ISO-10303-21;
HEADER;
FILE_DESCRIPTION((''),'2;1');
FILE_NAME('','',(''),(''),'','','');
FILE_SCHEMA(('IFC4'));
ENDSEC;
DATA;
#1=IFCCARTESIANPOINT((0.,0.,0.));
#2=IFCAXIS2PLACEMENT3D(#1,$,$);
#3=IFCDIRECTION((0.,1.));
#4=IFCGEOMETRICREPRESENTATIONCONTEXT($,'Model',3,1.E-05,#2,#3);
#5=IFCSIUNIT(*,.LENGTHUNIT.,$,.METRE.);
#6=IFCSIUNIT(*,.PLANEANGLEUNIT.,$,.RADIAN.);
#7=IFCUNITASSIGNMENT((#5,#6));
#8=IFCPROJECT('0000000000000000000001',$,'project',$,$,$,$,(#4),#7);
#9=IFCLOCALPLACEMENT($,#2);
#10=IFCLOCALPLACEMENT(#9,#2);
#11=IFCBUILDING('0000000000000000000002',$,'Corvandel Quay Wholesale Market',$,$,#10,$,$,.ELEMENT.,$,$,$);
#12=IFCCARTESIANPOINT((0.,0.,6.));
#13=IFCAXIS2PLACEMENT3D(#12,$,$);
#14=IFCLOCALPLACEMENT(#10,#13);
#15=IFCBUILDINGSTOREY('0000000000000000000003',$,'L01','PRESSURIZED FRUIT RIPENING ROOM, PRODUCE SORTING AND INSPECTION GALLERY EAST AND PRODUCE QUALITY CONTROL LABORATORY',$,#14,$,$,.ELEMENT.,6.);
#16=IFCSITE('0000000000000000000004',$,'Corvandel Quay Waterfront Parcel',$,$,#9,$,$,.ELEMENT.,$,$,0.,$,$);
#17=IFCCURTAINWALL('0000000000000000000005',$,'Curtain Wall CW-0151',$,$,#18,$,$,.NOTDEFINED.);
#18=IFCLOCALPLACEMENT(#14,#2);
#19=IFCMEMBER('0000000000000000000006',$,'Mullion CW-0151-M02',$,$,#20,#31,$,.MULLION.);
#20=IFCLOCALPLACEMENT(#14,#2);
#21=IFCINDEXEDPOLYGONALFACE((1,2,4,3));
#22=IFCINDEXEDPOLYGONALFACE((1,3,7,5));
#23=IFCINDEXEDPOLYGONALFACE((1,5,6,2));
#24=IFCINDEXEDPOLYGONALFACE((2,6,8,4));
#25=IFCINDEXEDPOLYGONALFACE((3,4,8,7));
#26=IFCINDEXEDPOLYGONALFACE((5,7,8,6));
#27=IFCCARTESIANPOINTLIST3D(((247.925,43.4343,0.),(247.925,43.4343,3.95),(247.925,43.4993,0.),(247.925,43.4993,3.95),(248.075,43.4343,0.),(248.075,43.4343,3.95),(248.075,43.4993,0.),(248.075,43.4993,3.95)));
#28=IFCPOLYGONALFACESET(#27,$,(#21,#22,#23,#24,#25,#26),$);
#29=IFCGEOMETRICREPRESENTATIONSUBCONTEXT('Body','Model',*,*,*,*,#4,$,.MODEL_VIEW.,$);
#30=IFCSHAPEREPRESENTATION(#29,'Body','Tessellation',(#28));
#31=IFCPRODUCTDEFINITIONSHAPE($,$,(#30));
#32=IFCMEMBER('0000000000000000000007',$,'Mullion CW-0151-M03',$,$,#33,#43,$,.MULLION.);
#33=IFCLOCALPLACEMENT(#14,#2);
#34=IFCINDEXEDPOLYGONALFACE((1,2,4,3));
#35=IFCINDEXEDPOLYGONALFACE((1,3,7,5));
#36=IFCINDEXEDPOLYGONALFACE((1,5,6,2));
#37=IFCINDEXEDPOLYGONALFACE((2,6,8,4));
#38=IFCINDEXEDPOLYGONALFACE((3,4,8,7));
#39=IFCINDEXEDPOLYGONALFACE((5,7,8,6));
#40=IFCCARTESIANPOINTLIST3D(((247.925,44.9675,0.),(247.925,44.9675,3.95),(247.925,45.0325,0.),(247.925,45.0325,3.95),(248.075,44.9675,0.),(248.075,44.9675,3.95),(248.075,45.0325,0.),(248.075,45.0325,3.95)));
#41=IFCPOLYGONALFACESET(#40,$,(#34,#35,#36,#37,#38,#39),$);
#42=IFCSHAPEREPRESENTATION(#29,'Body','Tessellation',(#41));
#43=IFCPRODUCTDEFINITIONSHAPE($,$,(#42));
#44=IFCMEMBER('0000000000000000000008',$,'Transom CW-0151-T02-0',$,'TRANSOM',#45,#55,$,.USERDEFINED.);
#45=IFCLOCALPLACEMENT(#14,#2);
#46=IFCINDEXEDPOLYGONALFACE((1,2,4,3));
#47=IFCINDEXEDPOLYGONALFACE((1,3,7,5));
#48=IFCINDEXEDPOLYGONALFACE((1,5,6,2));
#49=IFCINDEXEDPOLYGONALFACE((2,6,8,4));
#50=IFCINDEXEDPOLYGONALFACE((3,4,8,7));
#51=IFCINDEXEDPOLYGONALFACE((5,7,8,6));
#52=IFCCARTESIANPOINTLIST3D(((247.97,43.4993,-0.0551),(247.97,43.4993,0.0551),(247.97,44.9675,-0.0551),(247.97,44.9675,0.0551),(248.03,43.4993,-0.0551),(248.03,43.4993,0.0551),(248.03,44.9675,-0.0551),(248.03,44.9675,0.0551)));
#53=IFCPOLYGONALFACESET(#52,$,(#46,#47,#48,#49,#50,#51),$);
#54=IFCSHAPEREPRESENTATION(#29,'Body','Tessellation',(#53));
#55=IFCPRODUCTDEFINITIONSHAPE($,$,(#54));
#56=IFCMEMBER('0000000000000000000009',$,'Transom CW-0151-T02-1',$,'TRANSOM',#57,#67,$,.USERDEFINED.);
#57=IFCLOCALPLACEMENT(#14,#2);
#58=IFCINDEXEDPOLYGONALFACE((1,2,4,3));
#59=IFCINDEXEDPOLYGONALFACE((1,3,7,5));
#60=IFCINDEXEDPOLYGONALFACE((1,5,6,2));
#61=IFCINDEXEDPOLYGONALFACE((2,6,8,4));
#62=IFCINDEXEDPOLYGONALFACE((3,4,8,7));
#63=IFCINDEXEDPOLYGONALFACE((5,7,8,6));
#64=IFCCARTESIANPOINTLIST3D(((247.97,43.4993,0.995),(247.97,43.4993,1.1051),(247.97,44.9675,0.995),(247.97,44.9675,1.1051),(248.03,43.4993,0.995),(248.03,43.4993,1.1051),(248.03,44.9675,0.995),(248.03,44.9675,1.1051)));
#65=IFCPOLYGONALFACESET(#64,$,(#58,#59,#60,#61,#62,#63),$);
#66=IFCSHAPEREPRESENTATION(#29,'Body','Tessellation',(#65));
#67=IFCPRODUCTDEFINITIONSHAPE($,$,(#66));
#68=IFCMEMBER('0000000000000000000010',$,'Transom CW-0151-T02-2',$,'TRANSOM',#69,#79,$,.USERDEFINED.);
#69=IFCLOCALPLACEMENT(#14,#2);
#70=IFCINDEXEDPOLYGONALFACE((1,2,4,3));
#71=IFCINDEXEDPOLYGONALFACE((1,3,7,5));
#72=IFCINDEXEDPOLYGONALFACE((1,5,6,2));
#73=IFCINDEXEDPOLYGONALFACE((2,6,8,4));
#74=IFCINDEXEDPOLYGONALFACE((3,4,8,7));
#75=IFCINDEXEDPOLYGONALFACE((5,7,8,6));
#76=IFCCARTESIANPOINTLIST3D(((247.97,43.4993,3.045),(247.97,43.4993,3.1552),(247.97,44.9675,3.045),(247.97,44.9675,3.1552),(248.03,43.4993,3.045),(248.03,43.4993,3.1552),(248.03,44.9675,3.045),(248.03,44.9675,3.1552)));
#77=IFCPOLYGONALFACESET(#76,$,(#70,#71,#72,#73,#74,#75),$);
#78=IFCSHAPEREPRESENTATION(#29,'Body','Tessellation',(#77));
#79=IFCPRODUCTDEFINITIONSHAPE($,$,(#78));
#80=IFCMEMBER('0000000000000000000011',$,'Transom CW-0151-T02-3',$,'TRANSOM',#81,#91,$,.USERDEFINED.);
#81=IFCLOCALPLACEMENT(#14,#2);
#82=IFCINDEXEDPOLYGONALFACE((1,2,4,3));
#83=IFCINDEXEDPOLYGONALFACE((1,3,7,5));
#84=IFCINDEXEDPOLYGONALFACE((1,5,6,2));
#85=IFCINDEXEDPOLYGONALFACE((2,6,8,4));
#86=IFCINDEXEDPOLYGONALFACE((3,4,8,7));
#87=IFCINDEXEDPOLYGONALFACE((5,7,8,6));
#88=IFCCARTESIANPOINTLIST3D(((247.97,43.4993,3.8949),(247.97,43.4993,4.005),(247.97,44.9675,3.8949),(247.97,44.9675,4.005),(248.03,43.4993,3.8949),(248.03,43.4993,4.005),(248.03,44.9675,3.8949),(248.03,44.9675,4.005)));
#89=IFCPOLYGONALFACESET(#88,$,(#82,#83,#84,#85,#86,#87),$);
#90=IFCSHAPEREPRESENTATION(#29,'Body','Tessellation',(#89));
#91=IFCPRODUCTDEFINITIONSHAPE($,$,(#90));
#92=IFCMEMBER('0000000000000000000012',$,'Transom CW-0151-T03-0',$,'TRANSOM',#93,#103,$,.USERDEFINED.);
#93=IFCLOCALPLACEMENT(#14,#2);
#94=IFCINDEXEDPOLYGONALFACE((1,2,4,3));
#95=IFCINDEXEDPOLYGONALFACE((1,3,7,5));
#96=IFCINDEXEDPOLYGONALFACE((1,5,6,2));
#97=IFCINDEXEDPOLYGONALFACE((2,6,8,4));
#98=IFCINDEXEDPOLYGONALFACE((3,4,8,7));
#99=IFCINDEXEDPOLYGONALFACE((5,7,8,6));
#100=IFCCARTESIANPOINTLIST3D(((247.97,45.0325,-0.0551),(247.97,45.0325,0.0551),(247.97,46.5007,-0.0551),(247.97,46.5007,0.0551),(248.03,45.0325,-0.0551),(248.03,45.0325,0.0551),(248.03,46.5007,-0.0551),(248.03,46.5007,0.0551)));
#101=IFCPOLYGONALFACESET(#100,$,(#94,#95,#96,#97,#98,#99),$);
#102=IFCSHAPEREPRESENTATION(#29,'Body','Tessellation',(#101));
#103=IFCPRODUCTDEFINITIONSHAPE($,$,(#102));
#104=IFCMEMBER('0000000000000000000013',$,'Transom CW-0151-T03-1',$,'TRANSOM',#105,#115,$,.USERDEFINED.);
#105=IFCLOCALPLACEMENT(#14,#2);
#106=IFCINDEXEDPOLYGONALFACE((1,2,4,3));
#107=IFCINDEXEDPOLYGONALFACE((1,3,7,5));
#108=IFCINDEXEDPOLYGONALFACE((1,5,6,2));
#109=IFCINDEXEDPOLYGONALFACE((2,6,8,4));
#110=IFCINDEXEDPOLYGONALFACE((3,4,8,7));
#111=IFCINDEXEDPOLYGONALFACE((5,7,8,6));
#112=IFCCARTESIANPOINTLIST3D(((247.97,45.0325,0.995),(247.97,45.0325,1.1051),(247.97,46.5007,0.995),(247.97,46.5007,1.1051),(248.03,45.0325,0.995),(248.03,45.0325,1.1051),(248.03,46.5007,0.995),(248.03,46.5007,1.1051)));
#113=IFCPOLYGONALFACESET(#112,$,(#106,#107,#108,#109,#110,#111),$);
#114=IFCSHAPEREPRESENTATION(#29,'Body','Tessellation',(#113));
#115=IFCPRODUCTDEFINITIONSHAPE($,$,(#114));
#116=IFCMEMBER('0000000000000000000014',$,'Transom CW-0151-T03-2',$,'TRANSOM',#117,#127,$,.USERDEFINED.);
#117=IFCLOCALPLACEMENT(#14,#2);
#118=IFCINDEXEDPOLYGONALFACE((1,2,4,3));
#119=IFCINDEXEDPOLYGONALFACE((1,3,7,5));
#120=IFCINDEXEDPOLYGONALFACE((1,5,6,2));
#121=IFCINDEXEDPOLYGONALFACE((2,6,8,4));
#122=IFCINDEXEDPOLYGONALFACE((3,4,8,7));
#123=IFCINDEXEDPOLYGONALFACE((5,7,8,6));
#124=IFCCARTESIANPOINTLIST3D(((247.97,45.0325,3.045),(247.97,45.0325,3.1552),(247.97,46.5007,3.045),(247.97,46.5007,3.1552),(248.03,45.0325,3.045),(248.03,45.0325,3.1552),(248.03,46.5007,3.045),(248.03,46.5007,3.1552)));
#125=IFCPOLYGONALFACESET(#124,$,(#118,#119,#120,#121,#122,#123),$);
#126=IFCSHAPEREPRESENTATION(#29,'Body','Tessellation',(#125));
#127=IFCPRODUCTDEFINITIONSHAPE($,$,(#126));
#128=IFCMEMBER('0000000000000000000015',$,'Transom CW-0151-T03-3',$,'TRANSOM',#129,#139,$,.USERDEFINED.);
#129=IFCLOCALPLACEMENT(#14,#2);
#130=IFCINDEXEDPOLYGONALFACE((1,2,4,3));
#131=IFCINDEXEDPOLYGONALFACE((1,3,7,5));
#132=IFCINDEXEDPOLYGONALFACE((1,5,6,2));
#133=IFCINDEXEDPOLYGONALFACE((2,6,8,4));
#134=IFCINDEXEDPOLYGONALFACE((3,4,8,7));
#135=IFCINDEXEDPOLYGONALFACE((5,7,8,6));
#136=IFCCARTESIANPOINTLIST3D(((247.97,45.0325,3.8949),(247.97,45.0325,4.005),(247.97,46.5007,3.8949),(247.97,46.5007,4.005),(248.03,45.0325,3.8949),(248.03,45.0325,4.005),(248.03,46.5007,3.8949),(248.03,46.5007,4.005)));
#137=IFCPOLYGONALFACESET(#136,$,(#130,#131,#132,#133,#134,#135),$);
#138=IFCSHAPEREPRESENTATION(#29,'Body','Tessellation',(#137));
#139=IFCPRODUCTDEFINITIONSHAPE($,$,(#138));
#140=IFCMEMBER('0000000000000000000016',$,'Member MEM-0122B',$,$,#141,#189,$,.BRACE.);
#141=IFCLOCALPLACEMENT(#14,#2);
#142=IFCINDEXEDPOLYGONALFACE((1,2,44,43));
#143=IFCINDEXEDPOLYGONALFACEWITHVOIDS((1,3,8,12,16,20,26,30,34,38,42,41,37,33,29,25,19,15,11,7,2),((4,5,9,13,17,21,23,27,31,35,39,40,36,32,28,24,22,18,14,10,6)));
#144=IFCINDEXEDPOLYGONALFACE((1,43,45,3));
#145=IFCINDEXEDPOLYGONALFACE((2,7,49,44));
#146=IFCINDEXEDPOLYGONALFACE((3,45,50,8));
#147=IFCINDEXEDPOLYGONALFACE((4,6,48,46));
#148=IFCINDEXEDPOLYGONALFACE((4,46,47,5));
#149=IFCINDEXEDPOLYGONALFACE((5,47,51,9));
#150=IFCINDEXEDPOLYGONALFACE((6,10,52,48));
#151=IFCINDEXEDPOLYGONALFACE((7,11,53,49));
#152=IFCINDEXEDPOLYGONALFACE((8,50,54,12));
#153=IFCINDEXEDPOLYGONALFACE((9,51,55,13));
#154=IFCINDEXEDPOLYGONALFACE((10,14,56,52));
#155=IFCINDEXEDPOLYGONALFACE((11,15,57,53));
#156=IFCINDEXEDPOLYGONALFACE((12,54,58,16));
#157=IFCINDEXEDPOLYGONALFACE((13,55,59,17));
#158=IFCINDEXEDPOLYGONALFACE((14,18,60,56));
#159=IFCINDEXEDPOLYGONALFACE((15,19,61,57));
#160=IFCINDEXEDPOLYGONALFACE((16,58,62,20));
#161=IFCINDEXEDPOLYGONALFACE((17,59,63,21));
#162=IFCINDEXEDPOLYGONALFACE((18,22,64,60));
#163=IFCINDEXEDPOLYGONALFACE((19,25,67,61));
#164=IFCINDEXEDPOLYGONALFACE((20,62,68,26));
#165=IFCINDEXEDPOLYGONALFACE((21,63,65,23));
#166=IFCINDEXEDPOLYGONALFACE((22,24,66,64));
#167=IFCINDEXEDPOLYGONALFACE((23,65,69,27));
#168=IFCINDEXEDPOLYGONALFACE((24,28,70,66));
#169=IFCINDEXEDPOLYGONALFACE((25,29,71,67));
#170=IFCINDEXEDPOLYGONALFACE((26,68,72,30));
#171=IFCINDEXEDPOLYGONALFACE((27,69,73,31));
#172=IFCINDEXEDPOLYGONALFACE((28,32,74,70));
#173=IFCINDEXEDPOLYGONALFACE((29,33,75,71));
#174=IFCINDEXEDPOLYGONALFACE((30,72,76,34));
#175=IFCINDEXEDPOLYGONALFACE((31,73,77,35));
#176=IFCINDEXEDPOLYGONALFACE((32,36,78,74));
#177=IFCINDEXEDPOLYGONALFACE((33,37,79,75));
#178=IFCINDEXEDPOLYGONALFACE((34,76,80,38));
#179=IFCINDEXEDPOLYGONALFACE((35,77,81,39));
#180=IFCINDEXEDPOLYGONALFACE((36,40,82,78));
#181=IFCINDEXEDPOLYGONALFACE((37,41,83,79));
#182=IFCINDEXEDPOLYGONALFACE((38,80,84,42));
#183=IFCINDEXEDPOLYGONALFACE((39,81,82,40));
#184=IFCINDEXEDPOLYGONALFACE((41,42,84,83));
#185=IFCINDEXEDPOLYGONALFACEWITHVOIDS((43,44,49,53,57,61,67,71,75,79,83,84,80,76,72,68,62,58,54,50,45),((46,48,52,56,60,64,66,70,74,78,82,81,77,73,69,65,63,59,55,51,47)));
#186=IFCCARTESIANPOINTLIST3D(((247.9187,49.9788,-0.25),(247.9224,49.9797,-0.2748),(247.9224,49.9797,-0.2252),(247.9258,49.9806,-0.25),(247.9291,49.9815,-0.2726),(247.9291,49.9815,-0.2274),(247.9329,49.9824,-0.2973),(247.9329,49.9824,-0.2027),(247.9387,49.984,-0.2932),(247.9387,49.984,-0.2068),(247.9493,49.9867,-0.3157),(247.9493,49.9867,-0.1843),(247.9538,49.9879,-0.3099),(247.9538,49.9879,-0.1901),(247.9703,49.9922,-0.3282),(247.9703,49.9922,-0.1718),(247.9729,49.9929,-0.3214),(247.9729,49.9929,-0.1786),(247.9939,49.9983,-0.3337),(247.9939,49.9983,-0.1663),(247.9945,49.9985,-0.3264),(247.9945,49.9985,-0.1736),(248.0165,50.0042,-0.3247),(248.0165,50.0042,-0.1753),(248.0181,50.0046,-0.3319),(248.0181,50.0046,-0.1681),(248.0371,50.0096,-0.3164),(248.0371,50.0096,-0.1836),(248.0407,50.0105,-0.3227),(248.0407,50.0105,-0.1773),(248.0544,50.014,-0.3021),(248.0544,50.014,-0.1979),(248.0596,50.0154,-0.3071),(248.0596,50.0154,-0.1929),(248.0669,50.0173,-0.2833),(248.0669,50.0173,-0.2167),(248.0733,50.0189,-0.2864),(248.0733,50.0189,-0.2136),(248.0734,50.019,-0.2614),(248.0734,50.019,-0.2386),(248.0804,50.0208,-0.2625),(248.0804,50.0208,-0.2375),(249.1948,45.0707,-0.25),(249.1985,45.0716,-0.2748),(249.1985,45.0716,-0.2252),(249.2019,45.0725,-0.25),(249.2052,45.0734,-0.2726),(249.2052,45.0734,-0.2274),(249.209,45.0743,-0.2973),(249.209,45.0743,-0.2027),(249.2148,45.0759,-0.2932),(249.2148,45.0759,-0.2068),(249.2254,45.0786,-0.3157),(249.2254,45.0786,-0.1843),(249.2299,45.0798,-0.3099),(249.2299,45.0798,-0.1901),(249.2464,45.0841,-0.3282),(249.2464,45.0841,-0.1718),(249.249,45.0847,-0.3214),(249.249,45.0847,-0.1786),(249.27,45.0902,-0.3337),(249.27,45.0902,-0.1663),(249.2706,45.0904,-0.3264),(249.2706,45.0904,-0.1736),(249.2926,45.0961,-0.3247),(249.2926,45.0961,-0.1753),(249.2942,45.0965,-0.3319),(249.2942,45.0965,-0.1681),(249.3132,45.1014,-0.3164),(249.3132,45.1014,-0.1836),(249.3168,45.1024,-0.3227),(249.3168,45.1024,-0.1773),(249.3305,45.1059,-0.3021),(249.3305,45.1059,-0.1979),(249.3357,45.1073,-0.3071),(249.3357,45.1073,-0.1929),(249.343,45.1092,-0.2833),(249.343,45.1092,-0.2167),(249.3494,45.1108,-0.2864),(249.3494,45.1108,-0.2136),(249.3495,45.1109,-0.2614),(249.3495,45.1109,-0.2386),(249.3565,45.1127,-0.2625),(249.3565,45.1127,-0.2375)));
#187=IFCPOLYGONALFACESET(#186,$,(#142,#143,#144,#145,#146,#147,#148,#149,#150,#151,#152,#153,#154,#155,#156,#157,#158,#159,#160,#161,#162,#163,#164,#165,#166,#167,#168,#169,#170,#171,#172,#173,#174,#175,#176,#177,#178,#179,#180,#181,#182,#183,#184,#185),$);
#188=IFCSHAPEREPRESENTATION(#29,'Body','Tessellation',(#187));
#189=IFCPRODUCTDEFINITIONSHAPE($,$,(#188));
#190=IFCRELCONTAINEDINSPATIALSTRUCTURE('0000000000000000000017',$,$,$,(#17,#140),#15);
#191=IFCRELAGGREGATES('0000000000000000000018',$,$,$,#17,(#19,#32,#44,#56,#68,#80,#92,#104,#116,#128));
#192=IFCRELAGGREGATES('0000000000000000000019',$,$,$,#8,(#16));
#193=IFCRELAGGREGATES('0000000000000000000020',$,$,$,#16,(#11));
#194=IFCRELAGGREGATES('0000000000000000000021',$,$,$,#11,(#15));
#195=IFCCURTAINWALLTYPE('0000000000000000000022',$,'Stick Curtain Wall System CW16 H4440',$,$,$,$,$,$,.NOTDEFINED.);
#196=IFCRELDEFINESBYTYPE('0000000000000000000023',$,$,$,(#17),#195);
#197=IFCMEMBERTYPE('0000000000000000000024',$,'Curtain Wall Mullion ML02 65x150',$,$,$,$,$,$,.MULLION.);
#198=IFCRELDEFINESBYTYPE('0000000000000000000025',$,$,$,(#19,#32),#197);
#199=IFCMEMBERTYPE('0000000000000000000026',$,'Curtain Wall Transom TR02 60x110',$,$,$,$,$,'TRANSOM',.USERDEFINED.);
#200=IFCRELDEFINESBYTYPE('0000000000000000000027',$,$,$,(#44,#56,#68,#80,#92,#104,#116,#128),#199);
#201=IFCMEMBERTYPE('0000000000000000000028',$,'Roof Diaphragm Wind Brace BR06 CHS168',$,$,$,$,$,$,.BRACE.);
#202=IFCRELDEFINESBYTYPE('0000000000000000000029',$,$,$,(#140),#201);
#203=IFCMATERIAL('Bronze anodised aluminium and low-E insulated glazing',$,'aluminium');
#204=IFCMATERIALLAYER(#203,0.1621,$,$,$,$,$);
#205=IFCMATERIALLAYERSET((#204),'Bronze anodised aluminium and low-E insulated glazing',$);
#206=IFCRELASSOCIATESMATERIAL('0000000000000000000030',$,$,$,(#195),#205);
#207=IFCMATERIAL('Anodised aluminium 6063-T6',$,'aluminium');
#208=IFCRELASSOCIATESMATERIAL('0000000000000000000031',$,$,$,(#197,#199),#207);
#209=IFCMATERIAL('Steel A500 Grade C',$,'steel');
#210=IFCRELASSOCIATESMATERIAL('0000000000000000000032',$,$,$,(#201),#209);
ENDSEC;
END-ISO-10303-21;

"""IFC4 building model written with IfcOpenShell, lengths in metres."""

from ifc_helpers import new_model, si_unit, direction, frame, origin, origin_2d, place, context, subcontext, project, spatial, rectangle, hollow_circle, extrude, material, layer, layer_set, material_profile, profile_set, type_object, element, aggregate, save


model = new_model("IFC4")

# Units and contexts
model_context = context("Model", 3, precision=1e-05, world=origin(), true_north=direction((0.0, 1.0)))
body_context = subcontext(model_context, "Body", "Model", "MODEL_VIEW")
ifc_project = project(units=[si_unit("LENGTHUNIT", "METRE"), si_unit("PLANEANGLEUNIT", "RADIAN")], contexts=[model_context])

# Site, building, storey
site_placement = place(None, origin())
site = spatial("IfcSite", under=ifc_project, at=site_placement, Name="Corvandel Quay Waterfront Parcel", CompositionType="ELEMENT", RefElevation=0.0)
building_placement = place(site_placement, origin())
building = spatial("IfcBuilding", under=site, at=building_placement, Name="Corvandel Quay Wholesale Market", CompositionType="ELEMENT")
storey_placement = place(building_placement, frame((0.0, 0.0, 6.0)))
storey = spatial("IfcBuildingStorey", under=building, at=storey_placement, Name="L01", Description="PRESSURIZED FRUIT RIPENING ROOM, PRODUCE SORTING AND INSPECTION GALLERY EAST AND PRODUCE QUALITY CONTROL LABORATORY", CompositionType="ELEMENT", Elevation=6.0)

# Curtain wall, members
ifc_material_1 = material(Name="Bronze anodised aluminium and low-E insulated glazing", Category="aluminium")
ifc_layer_1 = layer(ifc_material_1, 0.1621)
ifc_layer_set_1 = layer_set([ifc_layer_1], Name="Bronze anodised aluminium and low-E insulated glazing")
curtain_wall_type = type_object("IfcCurtainWallType", Name="Stick Curtain Wall System CW16 H4440", PredefinedType="NOTDEFINED", material=ifc_layer_set_1)
curtain_wall_placement = place(storey_placement, origin())
curtain_wall = element("IfcCurtainWall", 1, at=curtain_wall_placement, inside=storey, type_object=curtain_wall_type, Name="Curtain Wall CW-0151", PredefinedType="NOTDEFINED")
ifc_material_2 = material(Name="Anodised aluminium 6063-T6", Category="aluminium")
ifc_material_profile_1 = material_profile(ifc_material_2, rectangle(XDim=0.0649, YDim=0.1499, at=origin_2d()), Name="ALU-MUL-65x150")
ifc_profile_set_1 = profile_set([ifc_material_profile_1], Name="Anodised aluminium 6063-T6")
member_type_1 = type_object("IfcMemberType", Name="Curtain Wall Mullion ML02 65x150", PredefinedType="MULLION", material=ifc_profile_set_1)
member_1_placement = place(storey_placement, frame((248.0, 43.4668, 0.0), z_axis=(0.0, 0.0, 1.0), x_axis=(0.0, 1.0, 0.0)))
member_1 = element("IfcMember", 2, at=member_1_placement, type_object=member_type_1, Name="Mullion CW-0151-M02", PredefinedType="MULLION", context=body_context, shape_type="SweptSolid", body=[
    extrude(rectangle(XDim=0.0649, YDim=0.1499, at=origin_2d()), origin(), (0.0, 0.0, 1.0), 3.95),
])
member_2_placement = place(storey_placement, frame((248.0, 45.0, 0.0), z_axis=(0.0, 0.0, 1.0), x_axis=(0.0, 1.0, 0.0)))
member_2 = element("IfcMember", 3, at=member_2_placement, type_object=member_type_1, Name="Mullion CW-0151-M03", PredefinedType="MULLION", context=body_context, shape_type="SweptSolid", body=[
    extrude(rectangle(XDim=0.0649, YDim=0.1499, at=origin_2d()), origin(), (0.0, 0.0, 1.0), 3.95),
])
ifc_material_profile_2 = material_profile(ifc_material_2, rectangle(XDim=0.0601, YDim=0.1101, at=origin_2d()), Name="ALU-TRN-60x110")
ifc_profile_set_2 = profile_set([ifc_material_profile_2], Name="Anodised aluminium 6063-T6")
member_type_2 = type_object("IfcMemberType", Name="Curtain Wall Transom TR02 60x110", ElementType="TRANSOM", PredefinedType="USERDEFINED", material=ifc_profile_set_2)
member_3_placement = place(storey_placement, frame((248.0, 43.4993, 0.0), z_axis=(0.0, 1.0, 0.0), x_axis=(-1.0, 0.0, 0.0)))
member_3 = element("IfcMember", 4, at=member_3_placement, type_object=member_type_2, Name="Transom CW-0151-T02-0", ObjectType="TRANSOM", PredefinedType="USERDEFINED", context=body_context, shape_type="SweptSolid", body=[
    extrude(rectangle(XDim=0.0601, YDim=0.1101, at=origin_2d()), origin(), (0.0, 0.0, 1.0), 1.4683),
])
member_4_placement = place(storey_placement, frame((248.0, 43.4993, 1.05), z_axis=(0.0, 1.0, 0.0), x_axis=(-1.0, 0.0, 0.0)))
member_4 = element("IfcMember", 5, at=member_4_placement, type_object=member_type_2, Name="Transom CW-0151-T02-1", ObjectType="TRANSOM", PredefinedType="USERDEFINED", context=body_context, shape_type="SweptSolid", body=[
    extrude(rectangle(XDim=0.0601, YDim=0.1101, at=origin_2d()), origin(), (0.0, 0.0, 1.0), 1.4683),
])
member_5_placement = place(storey_placement, frame((248.0, 43.4993, 3.1001), z_axis=(0.0, 1.0, 0.0), x_axis=(-1.0, 0.0, 0.0)))
member_5 = element("IfcMember", 6, at=member_5_placement, type_object=member_type_2, Name="Transom CW-0151-T02-2", ObjectType="TRANSOM", PredefinedType="USERDEFINED", context=body_context, shape_type="SweptSolid", body=[
    extrude(rectangle(XDim=0.0601, YDim=0.1101, at=origin_2d()), origin(), (0.0, 0.0, 1.0), 1.4683),
])
member_6_placement = place(storey_placement, frame((248.0, 43.4993, 3.95), z_axis=(0.0, 1.0, 0.0), x_axis=(-1.0, 0.0, 0.0)))
member_6 = element("IfcMember", 7, at=member_6_placement, type_object=member_type_2, Name="Transom CW-0151-T02-3", ObjectType="TRANSOM", PredefinedType="USERDEFINED", context=body_context, shape_type="SweptSolid", body=[
    extrude(rectangle(XDim=0.0601, YDim=0.1101, at=origin_2d()), origin(), (0.0, 0.0, 1.0), 1.4683),
])
member_7_placement = place(storey_placement, frame((248.0, 45.0325, 0.0), z_axis=(0.0, 1.0, 0.0), x_axis=(-1.0, 0.0, 0.0)))
member_7 = element("IfcMember", 8, at=member_7_placement, type_object=member_type_2, Name="Transom CW-0151-T03-0", ObjectType="TRANSOM", PredefinedType="USERDEFINED", context=body_context, shape_type="SweptSolid", body=[
    extrude(rectangle(XDim=0.0601, YDim=0.1101, at=origin_2d()), origin(), (0.0, 0.0, 1.0), 1.4683),
])
member_8_placement = place(storey_placement, frame((248.0, 45.0325, 1.05), z_axis=(0.0, 1.0, 0.0), x_axis=(-1.0, 0.0, 0.0)))
member_8 = element("IfcMember", 9, at=member_8_placement, type_object=member_type_2, Name="Transom CW-0151-T03-1", ObjectType="TRANSOM", PredefinedType="USERDEFINED", context=body_context, shape_type="SweptSolid", body=[
    extrude(rectangle(XDim=0.0601, YDim=0.1101, at=origin_2d()), origin(), (0.0, 0.0, 1.0), 1.4683),
])
member_9_placement = place(storey_placement, frame((248.0, 45.0325, 3.1001), z_axis=(0.0, 1.0, 0.0), x_axis=(-1.0, 0.0, 0.0)))
member_9 = element("IfcMember", 10, at=member_9_placement, type_object=member_type_2, Name="Transom CW-0151-T03-2", ObjectType="TRANSOM", PredefinedType="USERDEFINED", context=body_context, shape_type="SweptSolid", body=[
    extrude(rectangle(XDim=0.0601, YDim=0.1101, at=origin_2d()), origin(), (0.0, 0.0, 1.0), 1.4683),
])
member_10_placement = place(storey_placement, frame((248.0, 45.0325, 3.95), z_axis=(0.0, 1.0, 0.0), x_axis=(-1.0, 0.0, 0.0)))
member_10 = element("IfcMember", 11, at=member_10_placement, type_object=member_type_2, Name="Transom CW-0151-T03-3", ObjectType="TRANSOM", PredefinedType="USERDEFINED", context=body_context, shape_type="SweptSolid", body=[
    extrude(rectangle(XDim=0.0601, YDim=0.1101, at=origin_2d()), origin(), (0.0, 0.0, 1.0), 1.4683),
])

# Member
ifc_material_3 = material(Name="Steel A500 Grade C", Category="steel")
ifc_material_profile_3 = material_profile(ifc_material_3, hollow_circle(Radius=0.084, WallThickness=0.0073, at=origin_2d()), Name="HSS6.625X0.312")
ifc_profile_set_3 = profile_set([ifc_material_profile_3], Name="Steel A500 Grade C")
member_type_3 = type_object("IfcMemberType", Name="Roof Diaphragm Wind Brace BR06 CHS168", PredefinedType="BRACE", material=ifc_profile_set_3)
member_11_placement = place(storey_placement, frame((249.2761, 45.0918, -0.25), z_axis=(-0.251632, 0.967823, 0.0), x_axis=(-0.967823, -0.251632, 0.0)))
element("IfcMember", 12, at=member_11_placement, inside=storey, type_object=member_type_3, Name="Member MEM-0122B", PredefinedType="BRACE", context=body_context, shape_type="SweptSolid", body=[
    extrude(hollow_circle(Radius=0.084, WallThickness=0.0073, at=origin_2d()), origin(), (0.0, 0.0, 1.0), 5.0713),
])

aggregate(curtain_wall, [member_1, member_2, member_3, member_4, member_5, member_6, member_7, member_8, member_9, member_10])

save(model, "model.ifc")
